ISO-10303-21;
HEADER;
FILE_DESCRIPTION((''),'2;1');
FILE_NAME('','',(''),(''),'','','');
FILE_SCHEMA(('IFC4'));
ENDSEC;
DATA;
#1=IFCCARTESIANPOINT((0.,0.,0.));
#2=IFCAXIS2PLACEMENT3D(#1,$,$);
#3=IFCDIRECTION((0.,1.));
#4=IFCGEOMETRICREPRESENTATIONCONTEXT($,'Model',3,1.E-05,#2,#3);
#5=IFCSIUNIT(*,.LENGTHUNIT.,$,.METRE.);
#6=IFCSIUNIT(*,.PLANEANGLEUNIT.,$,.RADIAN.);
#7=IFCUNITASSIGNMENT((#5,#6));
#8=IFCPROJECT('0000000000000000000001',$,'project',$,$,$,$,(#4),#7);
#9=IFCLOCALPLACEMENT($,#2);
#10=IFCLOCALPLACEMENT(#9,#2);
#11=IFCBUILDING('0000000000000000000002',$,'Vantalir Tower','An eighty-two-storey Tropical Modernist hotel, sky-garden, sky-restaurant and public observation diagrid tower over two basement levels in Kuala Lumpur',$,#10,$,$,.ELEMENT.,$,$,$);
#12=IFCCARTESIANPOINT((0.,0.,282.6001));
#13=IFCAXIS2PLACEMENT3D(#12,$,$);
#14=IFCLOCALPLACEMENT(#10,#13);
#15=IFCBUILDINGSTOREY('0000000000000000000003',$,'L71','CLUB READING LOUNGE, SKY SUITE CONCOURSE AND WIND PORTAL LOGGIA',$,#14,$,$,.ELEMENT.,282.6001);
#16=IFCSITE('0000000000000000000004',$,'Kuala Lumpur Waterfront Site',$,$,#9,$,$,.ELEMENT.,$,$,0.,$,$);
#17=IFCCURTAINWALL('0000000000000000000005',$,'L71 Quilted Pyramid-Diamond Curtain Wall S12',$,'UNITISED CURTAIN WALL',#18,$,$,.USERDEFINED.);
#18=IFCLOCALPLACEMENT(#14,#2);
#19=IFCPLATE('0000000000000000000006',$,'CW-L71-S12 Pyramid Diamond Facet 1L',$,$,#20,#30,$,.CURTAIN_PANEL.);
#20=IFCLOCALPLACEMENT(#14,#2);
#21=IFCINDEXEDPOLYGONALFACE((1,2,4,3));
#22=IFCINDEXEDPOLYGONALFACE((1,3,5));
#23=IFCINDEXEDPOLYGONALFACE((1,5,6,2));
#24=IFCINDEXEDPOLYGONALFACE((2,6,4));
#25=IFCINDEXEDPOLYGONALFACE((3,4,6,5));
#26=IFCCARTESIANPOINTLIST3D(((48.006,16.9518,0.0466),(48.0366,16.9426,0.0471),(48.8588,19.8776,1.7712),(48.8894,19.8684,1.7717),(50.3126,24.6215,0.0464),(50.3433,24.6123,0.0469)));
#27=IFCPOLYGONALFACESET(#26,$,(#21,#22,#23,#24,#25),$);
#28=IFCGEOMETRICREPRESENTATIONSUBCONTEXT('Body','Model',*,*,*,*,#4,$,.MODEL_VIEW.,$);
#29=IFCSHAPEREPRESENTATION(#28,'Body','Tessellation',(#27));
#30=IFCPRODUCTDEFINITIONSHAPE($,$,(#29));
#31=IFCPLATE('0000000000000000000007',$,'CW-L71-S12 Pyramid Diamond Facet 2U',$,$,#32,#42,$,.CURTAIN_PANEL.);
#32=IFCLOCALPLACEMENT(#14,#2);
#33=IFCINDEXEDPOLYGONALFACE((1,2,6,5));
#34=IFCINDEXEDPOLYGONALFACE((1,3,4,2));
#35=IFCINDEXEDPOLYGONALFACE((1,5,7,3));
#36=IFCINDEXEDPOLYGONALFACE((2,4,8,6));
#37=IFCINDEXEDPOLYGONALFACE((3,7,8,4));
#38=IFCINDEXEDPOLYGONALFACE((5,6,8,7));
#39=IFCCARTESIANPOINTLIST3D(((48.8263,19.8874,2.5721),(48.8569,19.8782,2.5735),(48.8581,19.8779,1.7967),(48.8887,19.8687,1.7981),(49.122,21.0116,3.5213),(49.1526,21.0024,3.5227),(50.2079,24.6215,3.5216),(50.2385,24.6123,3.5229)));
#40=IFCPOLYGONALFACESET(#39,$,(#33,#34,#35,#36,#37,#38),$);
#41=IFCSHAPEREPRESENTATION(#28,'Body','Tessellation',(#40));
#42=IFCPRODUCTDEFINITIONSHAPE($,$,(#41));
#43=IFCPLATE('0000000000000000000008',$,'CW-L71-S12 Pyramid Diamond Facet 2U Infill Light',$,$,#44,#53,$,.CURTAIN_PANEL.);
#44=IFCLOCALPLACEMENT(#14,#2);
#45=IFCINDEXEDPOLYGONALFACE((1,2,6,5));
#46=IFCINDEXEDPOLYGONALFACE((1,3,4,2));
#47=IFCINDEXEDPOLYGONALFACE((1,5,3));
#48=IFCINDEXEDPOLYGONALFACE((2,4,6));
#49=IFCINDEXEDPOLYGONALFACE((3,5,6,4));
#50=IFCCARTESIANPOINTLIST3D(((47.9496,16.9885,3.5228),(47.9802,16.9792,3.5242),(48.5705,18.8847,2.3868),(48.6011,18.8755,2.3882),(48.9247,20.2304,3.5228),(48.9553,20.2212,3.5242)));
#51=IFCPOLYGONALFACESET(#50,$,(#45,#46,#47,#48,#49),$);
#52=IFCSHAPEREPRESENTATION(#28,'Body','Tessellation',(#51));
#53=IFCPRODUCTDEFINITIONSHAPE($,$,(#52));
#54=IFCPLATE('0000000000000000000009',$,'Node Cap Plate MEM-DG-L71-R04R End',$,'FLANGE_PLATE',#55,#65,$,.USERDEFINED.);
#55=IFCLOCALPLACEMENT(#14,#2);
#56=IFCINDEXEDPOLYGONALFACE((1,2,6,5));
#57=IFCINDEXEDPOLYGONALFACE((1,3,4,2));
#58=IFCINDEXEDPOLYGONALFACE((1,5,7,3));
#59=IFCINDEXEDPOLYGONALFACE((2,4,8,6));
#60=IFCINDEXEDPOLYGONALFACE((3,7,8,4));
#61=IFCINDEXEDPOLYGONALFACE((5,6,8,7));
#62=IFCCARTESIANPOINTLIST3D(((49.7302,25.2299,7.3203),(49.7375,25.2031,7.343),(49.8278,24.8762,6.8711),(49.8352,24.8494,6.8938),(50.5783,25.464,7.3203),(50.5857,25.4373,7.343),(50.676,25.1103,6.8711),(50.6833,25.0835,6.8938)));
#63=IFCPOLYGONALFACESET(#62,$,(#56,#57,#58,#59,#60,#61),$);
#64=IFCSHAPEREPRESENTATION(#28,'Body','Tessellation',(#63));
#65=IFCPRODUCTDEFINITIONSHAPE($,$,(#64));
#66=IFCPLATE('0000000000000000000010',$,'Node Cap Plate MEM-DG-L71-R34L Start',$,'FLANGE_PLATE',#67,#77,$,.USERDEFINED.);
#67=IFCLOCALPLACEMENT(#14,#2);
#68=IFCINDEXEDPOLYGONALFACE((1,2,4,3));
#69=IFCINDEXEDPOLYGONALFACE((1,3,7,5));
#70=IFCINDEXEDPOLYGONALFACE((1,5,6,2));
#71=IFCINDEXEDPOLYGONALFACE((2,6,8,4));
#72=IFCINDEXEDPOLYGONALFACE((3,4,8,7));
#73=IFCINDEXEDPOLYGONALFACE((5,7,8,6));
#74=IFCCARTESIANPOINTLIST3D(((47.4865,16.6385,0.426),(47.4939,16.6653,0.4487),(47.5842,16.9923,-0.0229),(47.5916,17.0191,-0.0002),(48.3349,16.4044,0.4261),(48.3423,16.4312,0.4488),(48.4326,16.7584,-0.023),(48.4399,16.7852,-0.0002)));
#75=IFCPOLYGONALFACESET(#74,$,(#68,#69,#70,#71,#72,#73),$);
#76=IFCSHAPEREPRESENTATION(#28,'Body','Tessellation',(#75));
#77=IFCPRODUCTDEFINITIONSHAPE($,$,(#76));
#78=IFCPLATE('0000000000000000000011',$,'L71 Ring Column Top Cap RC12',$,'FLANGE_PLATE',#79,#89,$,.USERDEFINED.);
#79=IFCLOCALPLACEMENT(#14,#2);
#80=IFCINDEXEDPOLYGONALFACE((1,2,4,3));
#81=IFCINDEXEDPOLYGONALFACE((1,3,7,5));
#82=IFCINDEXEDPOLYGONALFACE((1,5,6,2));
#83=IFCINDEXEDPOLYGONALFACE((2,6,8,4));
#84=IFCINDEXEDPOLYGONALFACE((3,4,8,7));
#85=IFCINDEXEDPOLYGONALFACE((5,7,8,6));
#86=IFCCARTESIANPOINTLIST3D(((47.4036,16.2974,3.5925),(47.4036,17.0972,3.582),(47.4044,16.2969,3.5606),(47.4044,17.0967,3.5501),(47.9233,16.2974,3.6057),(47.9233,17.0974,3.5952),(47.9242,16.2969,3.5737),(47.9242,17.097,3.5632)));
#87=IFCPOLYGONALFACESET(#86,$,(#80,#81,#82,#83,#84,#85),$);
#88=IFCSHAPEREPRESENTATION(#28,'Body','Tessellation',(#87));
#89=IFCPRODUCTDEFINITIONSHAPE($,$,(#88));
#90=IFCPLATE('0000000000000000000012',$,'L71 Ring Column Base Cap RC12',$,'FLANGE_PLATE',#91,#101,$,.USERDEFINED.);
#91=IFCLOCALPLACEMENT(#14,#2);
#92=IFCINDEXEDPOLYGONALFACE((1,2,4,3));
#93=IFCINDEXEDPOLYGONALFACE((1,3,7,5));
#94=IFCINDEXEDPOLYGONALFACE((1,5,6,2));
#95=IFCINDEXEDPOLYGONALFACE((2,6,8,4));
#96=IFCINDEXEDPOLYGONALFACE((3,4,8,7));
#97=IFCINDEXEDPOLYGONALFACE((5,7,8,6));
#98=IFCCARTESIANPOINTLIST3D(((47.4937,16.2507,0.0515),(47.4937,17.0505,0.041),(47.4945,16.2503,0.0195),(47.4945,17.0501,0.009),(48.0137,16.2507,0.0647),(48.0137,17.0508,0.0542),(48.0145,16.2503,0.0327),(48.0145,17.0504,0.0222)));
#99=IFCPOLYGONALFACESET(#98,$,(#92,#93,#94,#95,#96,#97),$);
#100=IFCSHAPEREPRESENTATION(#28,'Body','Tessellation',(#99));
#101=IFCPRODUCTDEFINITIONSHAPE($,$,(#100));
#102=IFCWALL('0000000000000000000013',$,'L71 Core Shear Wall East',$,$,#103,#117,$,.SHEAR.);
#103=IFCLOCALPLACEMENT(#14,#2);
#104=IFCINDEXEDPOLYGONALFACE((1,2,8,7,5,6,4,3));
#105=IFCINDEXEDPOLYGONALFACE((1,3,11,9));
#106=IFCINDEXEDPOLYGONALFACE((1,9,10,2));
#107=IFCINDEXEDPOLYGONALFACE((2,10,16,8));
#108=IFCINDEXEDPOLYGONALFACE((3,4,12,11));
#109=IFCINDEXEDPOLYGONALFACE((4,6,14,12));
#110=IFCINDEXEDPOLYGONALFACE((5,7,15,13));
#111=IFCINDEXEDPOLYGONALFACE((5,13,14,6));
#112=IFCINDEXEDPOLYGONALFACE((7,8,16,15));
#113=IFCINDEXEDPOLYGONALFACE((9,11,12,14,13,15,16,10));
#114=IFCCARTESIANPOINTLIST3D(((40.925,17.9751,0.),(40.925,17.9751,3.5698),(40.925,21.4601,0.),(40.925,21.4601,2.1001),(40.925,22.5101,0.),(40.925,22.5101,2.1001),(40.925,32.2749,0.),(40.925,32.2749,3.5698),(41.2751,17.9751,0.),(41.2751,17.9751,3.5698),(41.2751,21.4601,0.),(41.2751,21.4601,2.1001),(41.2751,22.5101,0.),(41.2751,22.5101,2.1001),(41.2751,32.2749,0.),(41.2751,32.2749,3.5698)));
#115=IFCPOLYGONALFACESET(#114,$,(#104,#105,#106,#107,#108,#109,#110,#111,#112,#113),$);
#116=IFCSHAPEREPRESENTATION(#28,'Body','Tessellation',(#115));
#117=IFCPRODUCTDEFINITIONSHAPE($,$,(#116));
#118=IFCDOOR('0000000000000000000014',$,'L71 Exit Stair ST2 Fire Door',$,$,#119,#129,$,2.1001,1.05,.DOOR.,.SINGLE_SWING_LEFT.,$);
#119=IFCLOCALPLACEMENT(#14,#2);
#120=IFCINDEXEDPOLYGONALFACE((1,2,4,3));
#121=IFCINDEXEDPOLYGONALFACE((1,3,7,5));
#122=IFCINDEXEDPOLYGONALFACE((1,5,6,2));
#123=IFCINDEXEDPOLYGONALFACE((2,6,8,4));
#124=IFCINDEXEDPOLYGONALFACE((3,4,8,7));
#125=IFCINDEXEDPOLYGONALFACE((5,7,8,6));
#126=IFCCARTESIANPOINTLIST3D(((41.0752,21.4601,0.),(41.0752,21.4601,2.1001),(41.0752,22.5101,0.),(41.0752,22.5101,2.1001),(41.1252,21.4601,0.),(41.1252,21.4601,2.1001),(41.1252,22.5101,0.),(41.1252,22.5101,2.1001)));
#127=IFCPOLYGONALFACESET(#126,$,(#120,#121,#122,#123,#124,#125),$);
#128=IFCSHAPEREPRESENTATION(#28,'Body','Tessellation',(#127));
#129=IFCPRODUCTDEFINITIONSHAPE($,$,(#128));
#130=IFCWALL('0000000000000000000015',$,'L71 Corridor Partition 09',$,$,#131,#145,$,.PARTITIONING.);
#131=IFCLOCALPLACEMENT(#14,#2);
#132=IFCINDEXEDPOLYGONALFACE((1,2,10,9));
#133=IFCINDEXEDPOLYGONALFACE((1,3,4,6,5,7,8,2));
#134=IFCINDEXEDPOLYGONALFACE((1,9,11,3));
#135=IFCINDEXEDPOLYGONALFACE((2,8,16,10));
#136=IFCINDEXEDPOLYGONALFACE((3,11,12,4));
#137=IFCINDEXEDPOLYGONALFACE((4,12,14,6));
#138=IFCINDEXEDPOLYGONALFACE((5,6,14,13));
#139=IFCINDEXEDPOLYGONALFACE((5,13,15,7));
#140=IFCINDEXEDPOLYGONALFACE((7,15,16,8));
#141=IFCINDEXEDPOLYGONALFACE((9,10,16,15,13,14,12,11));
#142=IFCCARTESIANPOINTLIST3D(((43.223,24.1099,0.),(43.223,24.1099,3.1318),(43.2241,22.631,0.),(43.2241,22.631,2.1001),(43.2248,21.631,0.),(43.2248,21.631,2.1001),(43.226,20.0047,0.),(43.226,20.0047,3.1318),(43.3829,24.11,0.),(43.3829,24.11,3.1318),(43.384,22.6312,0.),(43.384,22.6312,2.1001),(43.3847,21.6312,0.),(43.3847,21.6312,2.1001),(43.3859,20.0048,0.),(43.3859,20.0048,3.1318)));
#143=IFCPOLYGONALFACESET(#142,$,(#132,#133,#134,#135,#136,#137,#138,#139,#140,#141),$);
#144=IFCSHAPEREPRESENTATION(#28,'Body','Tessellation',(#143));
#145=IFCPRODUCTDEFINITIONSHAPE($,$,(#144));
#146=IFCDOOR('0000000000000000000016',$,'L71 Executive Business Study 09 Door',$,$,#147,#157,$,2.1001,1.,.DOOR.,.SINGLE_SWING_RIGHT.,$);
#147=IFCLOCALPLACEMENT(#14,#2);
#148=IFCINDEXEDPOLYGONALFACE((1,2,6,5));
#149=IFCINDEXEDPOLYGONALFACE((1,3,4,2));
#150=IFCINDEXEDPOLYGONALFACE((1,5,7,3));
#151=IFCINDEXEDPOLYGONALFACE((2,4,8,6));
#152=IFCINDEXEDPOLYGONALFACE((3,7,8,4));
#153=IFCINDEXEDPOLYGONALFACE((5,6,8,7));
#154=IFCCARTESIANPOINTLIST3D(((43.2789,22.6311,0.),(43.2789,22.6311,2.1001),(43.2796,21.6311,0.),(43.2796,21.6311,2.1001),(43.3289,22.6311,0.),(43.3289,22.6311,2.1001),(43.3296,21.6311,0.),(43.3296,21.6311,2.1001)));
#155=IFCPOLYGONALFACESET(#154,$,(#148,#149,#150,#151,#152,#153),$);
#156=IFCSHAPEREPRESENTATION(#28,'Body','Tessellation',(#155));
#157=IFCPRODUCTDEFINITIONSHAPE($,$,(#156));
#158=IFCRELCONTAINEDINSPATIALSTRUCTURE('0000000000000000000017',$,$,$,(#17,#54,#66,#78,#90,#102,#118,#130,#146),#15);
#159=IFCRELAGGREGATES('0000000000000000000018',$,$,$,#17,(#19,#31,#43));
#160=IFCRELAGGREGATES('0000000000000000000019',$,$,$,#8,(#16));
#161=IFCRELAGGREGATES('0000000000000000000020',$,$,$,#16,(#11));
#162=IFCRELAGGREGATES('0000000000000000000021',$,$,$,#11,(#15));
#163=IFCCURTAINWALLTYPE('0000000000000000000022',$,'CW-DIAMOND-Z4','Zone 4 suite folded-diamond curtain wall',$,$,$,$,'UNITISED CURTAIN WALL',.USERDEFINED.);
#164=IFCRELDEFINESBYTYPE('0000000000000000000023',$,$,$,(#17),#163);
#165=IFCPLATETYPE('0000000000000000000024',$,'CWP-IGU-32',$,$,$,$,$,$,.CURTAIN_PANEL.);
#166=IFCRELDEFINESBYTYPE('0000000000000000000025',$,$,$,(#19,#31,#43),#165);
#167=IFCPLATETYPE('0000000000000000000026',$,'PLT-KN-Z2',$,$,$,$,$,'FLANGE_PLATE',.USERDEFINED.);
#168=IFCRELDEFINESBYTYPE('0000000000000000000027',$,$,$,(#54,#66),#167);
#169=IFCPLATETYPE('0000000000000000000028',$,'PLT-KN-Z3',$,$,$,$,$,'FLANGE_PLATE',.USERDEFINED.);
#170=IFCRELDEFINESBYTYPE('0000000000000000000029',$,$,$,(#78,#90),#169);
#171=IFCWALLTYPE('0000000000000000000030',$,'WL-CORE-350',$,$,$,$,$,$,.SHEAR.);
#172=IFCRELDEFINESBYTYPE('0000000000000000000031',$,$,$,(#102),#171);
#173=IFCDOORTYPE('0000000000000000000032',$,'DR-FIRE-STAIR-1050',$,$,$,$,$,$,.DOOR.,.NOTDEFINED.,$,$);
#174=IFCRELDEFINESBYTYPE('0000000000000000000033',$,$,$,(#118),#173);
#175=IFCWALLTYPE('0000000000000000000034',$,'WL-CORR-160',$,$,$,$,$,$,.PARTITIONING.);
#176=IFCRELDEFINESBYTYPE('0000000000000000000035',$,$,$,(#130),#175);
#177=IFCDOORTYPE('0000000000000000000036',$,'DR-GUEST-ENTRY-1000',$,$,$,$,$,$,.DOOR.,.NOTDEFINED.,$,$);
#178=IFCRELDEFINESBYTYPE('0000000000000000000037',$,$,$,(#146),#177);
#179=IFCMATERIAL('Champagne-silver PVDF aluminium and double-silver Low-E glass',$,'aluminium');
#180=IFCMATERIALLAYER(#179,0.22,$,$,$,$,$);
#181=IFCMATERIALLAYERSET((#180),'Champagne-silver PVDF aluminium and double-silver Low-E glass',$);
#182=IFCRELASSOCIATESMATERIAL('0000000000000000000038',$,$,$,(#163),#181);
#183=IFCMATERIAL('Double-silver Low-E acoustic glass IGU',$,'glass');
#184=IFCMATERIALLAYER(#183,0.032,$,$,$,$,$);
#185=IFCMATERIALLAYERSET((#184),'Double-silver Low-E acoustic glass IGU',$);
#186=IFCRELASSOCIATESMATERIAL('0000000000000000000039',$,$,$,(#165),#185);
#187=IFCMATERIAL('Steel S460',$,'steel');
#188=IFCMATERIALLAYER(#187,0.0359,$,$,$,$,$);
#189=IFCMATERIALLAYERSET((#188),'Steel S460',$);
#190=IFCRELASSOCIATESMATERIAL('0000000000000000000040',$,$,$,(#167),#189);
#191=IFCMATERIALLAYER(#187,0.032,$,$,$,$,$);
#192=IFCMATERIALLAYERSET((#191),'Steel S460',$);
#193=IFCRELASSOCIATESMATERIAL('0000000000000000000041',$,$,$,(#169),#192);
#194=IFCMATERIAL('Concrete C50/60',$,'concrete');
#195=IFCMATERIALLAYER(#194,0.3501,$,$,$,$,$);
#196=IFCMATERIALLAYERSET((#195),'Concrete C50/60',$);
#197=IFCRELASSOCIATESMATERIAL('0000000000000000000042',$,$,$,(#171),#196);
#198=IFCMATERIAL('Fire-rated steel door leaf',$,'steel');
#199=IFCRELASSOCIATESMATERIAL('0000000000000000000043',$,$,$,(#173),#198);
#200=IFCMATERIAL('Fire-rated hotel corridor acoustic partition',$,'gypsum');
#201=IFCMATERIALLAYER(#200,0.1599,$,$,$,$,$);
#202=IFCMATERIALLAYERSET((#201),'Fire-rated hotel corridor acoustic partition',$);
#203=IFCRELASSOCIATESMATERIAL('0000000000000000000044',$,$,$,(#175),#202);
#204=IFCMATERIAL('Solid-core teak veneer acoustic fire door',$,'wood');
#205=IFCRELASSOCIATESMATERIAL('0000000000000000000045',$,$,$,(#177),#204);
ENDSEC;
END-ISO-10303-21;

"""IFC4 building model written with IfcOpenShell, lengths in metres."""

from ifc_helpers import new_model, si_unit, direction, frame, frame_2d, origin, place, context, subcontext, project, spatial, polyline, rectangle, outline, extrude, material, layer, layer_set, type_object, element, fill, aggregate, save


model = new_model("IFC4")

# Units and contexts
model_context = context("Model", 3, precision=1e-05, world=origin(), true_north=direction((0.0, 1.0)))
body_context = subcontext(model_context, "Body", "Model", "MODEL_VIEW")
ifc_project = project(units=[si_unit("LENGTHUNIT", "METRE"), si_unit("PLANEANGLEUNIT", "RADIAN")], contexts=[model_context])

# Site, building, storey
site_placement = place(None, origin())
site = spatial("IfcSite", under=ifc_project, at=site_placement, Name="Kuala Lumpur Waterfront Site", CompositionType="ELEMENT", RefElevation=0.0)
building_placement = place(site_placement, origin())
building = spatial("IfcBuilding", under=site, at=building_placement, Name="Vantalir Tower", Description="An eighty-two-storey Tropical Modernist hotel, sky-garden, sky-restaurant and public observation diagrid tower over two basement levels in Kuala Lumpur", CompositionType="ELEMENT")
storey_placement = place(building_placement, frame((0.0, 0.0, 282.6001)))
storey = spatial("IfcBuildingStorey", under=building, at=storey_placement, Name="L71", Description="CLUB READING LOUNGE, SKY SUITE CONCOURSE AND WIND PORTAL LOGGIA", CompositionType="ELEMENT", Elevation=282.6001)

# Shared definitions
ifc_material_1 = material(Name="Concrete C50/60", Category="concrete")

# Curtain wall
ifc_material_2 = material(Name="Champagne-silver PVDF aluminium and double-silver Low-E glass", Category="aluminium")
ifc_layer_1 = layer(ifc_material_2, 0.22)
ifc_layer_set_1 = layer_set([ifc_layer_1], Name="Champagne-silver PVDF aluminium and double-silver Low-E glass")
curtain_wall_type = type_object("IfcCurtainWallType", Name="CW-DIAMOND-Z4", Description="Zone 4 suite folded-diamond curtain wall", ElementType="UNITISED CURTAIN WALL", PredefinedType="USERDEFINED", material=ifc_layer_set_1)
curtain_wall_placement = place(storey_placement, origin())
curtain_wall = element("IfcCurtainWall", 1, at=curtain_wall_placement, inside=storey, type_object=curtain_wall_type, Name="L71 Quilted Pyramid-Diamond Curtain Wall S12", ObjectType="UNITISED CURTAIN WALL", PredefinedType="USERDEFINED")

# Shared definitions
ifc_material_3 = material(Name="Steel S460", Category="steel")

# Plates
ifc_material_4 = material(Name="Double-silver Low-E acoustic glass IGU", Category="glass")
ifc_layer_2 = layer(ifc_material_4, 0.032)
ifc_layer_set_2 = layer_set([ifc_layer_2], Name="Double-silver Low-E acoustic glass IGU")
plate_type_1 = type_object("IfcPlateType", Name="CWP-IGU-32", PredefinedType="CURTAIN_PANEL", material=ifc_layer_set_2)
plate_1_placement = place(storey_placement, frame((48.0366, 16.9426, 0.0471), z_axis=(0.95752, -0.287972, 0.015067), x_axis=(0.288005, 0.957629, -0.00003)))
plate_1 = element("IfcPlate", 2, at=plate_1_placement, type_object=plate_type_1, Name="CW-L71-S12 Pyramid Diamond Facet 1L", PredefinedType="CURTAIN_PANEL", context=body_context, shape_type="SweptSolid", body=[
    extrude(outline(polyline([(0.0, 0.0), (8.009, 0.0), (3.0474, 1.7249), (0.0, 0.0)])), origin(), (0.0, 0.0, -1.0), 0.032),
])
plate_2_placement = place(storey_placement, frame((49.1526, 21.0024, 3.5227), z_axis=(0.956736, -0.287793, 0.042791), x_axis=(0.288054, 0.957614, 0.000064)))
plate_2 = element("IfcPlate", 3, at=plate_2_placement, type_object=plate_type_1, Name="CW-L71-S12 Pyramid Diamond Facet 2U", PredefinedType="CURTAIN_PANEL", context=body_context, shape_type="SweptSolid", body=[
    extrude(outline(polyline([(0.0, 0.0), (3.7697, 0.0), (-1.1619, -1.7261), (-1.1618, -0.95), (0.0, 0.0)])), origin(), (0.0, 0.0, -1.0), 0.032),
])
plate_3_placement = place(storey_placement, frame((47.9802, 16.9792, 3.5242), z_axis=(0.956755, -0.287769, 0.042538), x_axis=(0.288029, 0.957622, 0.0)))
plate_3 = element("IfcPlate", 4, at=plate_3_placement, type_object=plate_type_1, Name="CW-L71-S12 Pyramid Diamond Facet 2U Infill Light", PredefinedType="CURTAIN_PANEL", context=body_context, shape_type="SweptSolid", body=[
    extrude(outline(polyline([(0.0, 0.0), (3.3854, 0.0), (1.9947, -1.137), (0.0, 0.0)])), origin(), (0.0, 0.0, -1.0), 0.032),
])
aggregate(curtain_wall, [plate_1, plate_2, plate_3])

# Plates
ifc_layer_3 = layer(ifc_material_3, 0.0359)
ifc_layer_set_3 = layer_set([ifc_layer_3], Name="Steel S460")
plate_type_2 = type_object("IfcPlateType", Name="PLT-KN-Z2", ElementType="FLANGE_PLATE", PredefinedType="USERDEFINED", material=ifc_layer_set_3)
plate_4_placement = place(storey_placement, frame((49.8352, 24.8494, 6.8938), z_axis=(0.206072, -0.746502, 0.632668), x_axis=(0.963946, 0.266098, 0.0)))
element("IfcPlate", 5, at=plate_4_placement, inside=storey, type_object=plate_type_2, Name="Node Cap Plate MEM-DG-L71-R04R End", ObjectType="FLANGE_PLATE", PredefinedType="USERDEFINED", context=body_context, shape_type="SweptSolid", body=[
    extrude(outline(polyline([(0.0, 0.0), (0.8799, 0.0), (0.8799, 0.5801), (0.0, 0.5801), (0.0, 0.0)])), origin(), (0.0, 0.0, -1.0), 0.0359),
])
plate_5_placement = place(storey_placement, frame((48.4399, 16.7852, -0.0002), z_axis=(0.205846, 0.746286, 0.632996), x_axis=(-0.964015, 0.265846, 0.000066)))
element("IfcPlate", 6, at=plate_5_placement, inside=storey, type_object=plate_type_2, Name="Node Cap Plate MEM-DG-L71-R34L Start", ObjectType="FLANGE_PLATE", PredefinedType="USERDEFINED", context=body_context, shape_type="SweptSolid", body=[
    extrude(outline(polyline([(0.0, 0.0), (0.88, 0.0), (0.8802, 0.5799), (0.0001, 0.58), (0.0, 0.0)])), origin(), (0.0, 0.0, -1.0), 0.0359),
])
ifc_layer_4 = layer(ifc_material_3, 0.032)
ifc_layer_set_4 = layer_set([ifc_layer_4], Name="Steel S460")
plate_type_3 = type_object("IfcPlateType", Name="PLT-KN-Z3", ElementType="FLANGE_PLATE", PredefinedType="USERDEFINED", material=ifc_layer_set_4)
plate_6_placement = place(storey_placement, frame((47.4036, 17.0972, 3.582), z_axis=(-0.025357, 0.013118, 0.999592), x_axis=(0.0, -0.999914, 0.013123)))
element("IfcPlate", 7, at=plate_6_placement, inside=storey, type_object=plate_type_3, Name="L71 Ring Column Top Cap RC12", ObjectType="FLANGE_PLATE", PredefinedType="USERDEFINED", context=body_context, shape_type="SweptSolid", body=[
    extrude(outline(polyline([(0.0, 0.0), (0.7999, 0.0), (0.8, 0.5199), (-0.0001, 0.5199), (0.0, 0.0)])), origin(), (0.0, 0.0, -1.0), 0.032),
])
plate_7_placement = place(storey_placement, frame((47.4937, 17.0505, 0.041), z_axis=(-0.025345, 0.013118, 0.999593), x_axis=(0.0, -0.999914, 0.013123)))
element("IfcPlate", 8, at=plate_7_placement, inside=storey, type_object=plate_type_3, Name="L71 Ring Column Base Cap RC12", ObjectType="FLANGE_PLATE", PredefinedType="USERDEFINED", context=body_context, shape_type="SweptSolid", body=[
    extrude(outline(polyline([(0.0, 0.0), (0.7999, 0.0), (0.8, 0.5202), (-0.0001, 0.5202), (0.0, 0.0)])), origin(), (0.0, 0.0, -1.0), 0.032),
])

# Walls, openings, doors
ifc_layer_5 = layer(ifc_material_1, 0.3501)
ifc_layer_set_5 = layer_set([ifc_layer_5], Name="Concrete C50/60")
wall_type_1 = type_object("IfcWallType", Name="WL-CORE-350", PredefinedType="SHEAR", material=ifc_layer_set_5)
wall_1_placement = place(storey_placement, frame((41.1001, 17.9751, 0.0), z_axis=(0.0, 0.0, 1.0), x_axis=(0.0, 1.0, 0.0)))
wall_1 = element("IfcWall", 9, at=wall_1_placement, inside=storey, type_object=wall_type_1, Name="L71 Core Shear Wall East", PredefinedType="SHEAR", context=body_context, shape_type="SweptSolid", body=[
    extrude(rectangle(XDim=14.2998, YDim=0.3501, at=frame_2d((7.1499, 0.0))), origin(), (0.0, 0.0, 1.0), 3.5698),
])
opening_1_placement = place(wall_1_placement, frame((3.4851, 0.0, 0.0)))
opening_1 = element("IfcOpeningElement", 10, at=opening_1_placement, cuts=wall_1, PredefinedType="OPENING", context=body_context, shape_type="SweptSolid", body=[
    extrude(rectangle(XDim=1.05, YDim=2.1001, at=frame_2d((0.5249, 1.05))), frame((0.0, 0.1851, 0.0), z_axis=(0.0, -1.0, 0.0), x_axis=(1.0, 0.0, 0.0)), (0.0, 0.0, 1.0), 0.3701),
])
ifc_material_5 = material(Name="Fire-rated steel door leaf", Category="steel")
door_type_1 = type_object("IfcDoorType", Name="DR-FIRE-STAIR-1050", OperationType="NOTDEFINED", PredefinedType="DOOR", material=ifc_material_5)
door_1_placement = place(opening_1_placement, origin())
door_1 = element("IfcDoor", 11, at=door_1_placement, inside=storey, type_object=door_type_1, Name="L71 Exit Stair ST2 Fire Door", OperationType="SINGLE_SWING_LEFT", OverallHeight=2.1001, OverallWidth=1.05, PredefinedType="DOOR", context=body_context, shape_type="SweptSolid", body=[
    extrude(rectangle(XDim=1.05, YDim=2.1001, at=frame_2d((0.5249, 1.05))), frame((0.0, 0.0249, 0.0), z_axis=(0.0, -1.0, 0.0), x_axis=(1.0, 0.0, 0.0)), (0.0, 0.0, 1.0), 0.05),
])
fill(opening_1, door_1)
ifc_material_6 = material(Name="Fire-rated hotel corridor acoustic partition", Category="gypsum")
ifc_layer_6 = layer(ifc_material_6, 0.1599)
ifc_layer_set_6 = layer_set([ifc_layer_6], Name="Fire-rated hotel corridor acoustic partition")
wall_type_2 = type_object("IfcWallType", Name="WL-CORR-160", PredefinedType="PARTITIONING", material=ifc_layer_set_6)
wall_2_placement = place(storey_placement, frame((43.303, 24.1101, 0.0), z_axis=(0.0, 0.0, 1.0), x_axis=(0.000714, -1.0, 0.0)))
wall_2 = element("IfcWall", 12, at=wall_2_placement, inside=storey, type_object=wall_type_2, Name="L71 Corridor Partition 09", PredefinedType="PARTITIONING", context=body_context, shape_type="SweptSolid", body=[
    extrude(rectangle(XDim=4.1052, YDim=0.1599, at=frame_2d((2.0527, 0.0))), origin(), (0.0, 0.0, 1.0), 3.1318),
])
opening_2_placement = place(wall_2_placement, frame((1.479, 0.0, 0.0)))
opening_2 = element("IfcOpeningElement", 13, at=opening_2_placement, cuts=wall_2, PredefinedType="OPENING", context=body_context, shape_type="SweptSolid", body=[
    extrude(rectangle(XDim=1.0, YDim=2.1001, at=frame_2d((0.5, 1.05))), frame((0.0, 0.0898, 0.0), z_axis=(0.0, -1.0, 0.0), x_axis=(1.0, 0.0, 0.0)), (0.0, 0.0, 1.0), 0.1799),
])
ifc_material_7 = material(Name="Solid-core teak veneer acoustic fire door", Category="wood")
door_type_2 = type_object("IfcDoorType", Name="DR-GUEST-ENTRY-1000", OperationType="NOTDEFINED", PredefinedType="DOOR", material=ifc_material_7)
door_2_placement = place(opening_2_placement, origin())
door_2 = element("IfcDoor", 14, at=door_2_placement, inside=storey, type_object=door_type_2, Name="L71 Executive Business Study 09 Door", OperationType="SINGLE_SWING_RIGHT", OverallHeight=2.1001, OverallWidth=1.0, PredefinedType="DOOR", context=body_context, shape_type="SweptSolid", body=[
    extrude(rectangle(XDim=1.0, YDim=2.1001, at=frame_2d((0.5, 1.05))), frame((0.0, 0.0249, 0.0), z_axis=(0.0, -1.0, 0.0), x_axis=(1.0, 0.0, 0.0)), (0.0, 0.0, 1.0), 0.05),
])
fill(opening_2, door_2)

save(model, "model.ifc")
